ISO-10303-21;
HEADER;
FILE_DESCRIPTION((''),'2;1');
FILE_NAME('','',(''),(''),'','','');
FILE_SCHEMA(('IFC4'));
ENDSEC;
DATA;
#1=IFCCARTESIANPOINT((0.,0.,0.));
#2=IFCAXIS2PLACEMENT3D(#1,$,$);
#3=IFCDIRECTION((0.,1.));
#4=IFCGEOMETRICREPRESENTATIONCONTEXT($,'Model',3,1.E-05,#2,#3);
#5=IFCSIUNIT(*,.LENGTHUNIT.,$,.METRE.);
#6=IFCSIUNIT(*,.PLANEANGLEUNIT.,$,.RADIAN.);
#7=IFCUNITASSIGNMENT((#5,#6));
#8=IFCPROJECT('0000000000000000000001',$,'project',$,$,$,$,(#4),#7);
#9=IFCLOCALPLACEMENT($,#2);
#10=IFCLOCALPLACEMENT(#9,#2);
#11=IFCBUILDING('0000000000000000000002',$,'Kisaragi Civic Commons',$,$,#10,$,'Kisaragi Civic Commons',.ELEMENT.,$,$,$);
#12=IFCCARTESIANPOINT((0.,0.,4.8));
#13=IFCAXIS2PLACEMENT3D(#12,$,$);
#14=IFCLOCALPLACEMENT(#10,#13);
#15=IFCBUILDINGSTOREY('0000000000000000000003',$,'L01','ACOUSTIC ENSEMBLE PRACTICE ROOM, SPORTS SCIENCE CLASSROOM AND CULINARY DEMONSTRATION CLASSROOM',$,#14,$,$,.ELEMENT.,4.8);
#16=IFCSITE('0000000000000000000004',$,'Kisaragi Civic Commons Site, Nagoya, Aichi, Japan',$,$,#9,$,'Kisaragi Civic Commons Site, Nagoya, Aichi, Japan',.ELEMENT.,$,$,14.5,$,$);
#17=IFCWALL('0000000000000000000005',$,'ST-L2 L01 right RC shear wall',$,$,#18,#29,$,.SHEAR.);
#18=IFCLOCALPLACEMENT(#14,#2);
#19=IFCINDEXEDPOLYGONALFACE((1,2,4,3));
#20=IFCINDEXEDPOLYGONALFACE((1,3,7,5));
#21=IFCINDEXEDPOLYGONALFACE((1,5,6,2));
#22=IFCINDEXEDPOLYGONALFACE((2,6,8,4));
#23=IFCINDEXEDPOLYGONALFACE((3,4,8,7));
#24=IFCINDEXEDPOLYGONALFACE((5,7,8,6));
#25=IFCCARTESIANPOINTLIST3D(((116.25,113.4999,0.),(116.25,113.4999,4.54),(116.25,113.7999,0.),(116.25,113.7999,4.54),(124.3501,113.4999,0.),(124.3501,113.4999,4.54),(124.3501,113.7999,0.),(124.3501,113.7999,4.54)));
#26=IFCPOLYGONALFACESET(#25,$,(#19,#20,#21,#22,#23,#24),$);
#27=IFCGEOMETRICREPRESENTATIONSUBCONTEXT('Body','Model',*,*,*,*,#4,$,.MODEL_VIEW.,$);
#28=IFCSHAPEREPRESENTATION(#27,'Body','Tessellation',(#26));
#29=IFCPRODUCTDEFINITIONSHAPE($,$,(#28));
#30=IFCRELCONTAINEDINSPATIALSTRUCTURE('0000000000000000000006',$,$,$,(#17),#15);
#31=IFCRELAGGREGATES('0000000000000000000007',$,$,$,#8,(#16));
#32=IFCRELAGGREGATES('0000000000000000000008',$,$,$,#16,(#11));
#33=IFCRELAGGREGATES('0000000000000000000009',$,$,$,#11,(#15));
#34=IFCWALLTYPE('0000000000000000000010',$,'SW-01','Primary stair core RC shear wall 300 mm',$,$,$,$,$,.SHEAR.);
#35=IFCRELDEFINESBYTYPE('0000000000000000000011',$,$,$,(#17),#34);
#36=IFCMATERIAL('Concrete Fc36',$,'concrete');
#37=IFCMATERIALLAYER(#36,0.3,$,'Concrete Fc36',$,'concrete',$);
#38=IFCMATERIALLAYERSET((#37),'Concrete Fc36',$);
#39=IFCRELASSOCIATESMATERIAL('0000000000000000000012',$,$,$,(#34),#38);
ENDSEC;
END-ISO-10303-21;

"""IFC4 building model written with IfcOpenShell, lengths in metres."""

from ifc_helpers import new_model, si_unit, direction, frame, frame_2d, origin, place, context, subcontext, project, spatial, rectangle, extrude, material, layer, layer_set, type_object, element, save


model = new_model("IFC4")

# Units and contexts
model_context = context("Model", 3, precision=1e-05, world=origin(), true_north=direction((0.0, 1.0)))
body_context = subcontext(model_context, "Body", "Model", "MODEL_VIEW")
ifc_project = project(units=[si_unit("LENGTHUNIT", "METRE"), si_unit("PLANEANGLEUNIT", "RADIAN")], contexts=[model_context])

# Site, building, storey
site_placement = place(None, origin())
site = spatial("IfcSite", under=ifc_project, at=site_placement, Name="Kisaragi Civic Commons Site, Nagoya, Aichi, Japan", LongName="Kisaragi Civic Commons Site, Nagoya, Aichi, Japan", CompositionType="ELEMENT", RefElevation=14.5)
building_placement = place(site_placement, origin())
building = spatial("IfcBuilding", under=site, at=building_placement, Name="Kisaragi Civic Commons", LongName="Kisaragi Civic Commons", CompositionType="ELEMENT")
storey_placement = place(building_placement, frame((0.0, 0.0, 4.8)))
storey = spatial("IfcBuildingStorey", under=building, at=storey_placement, Name="L01", Description="ACOUSTIC ENSEMBLE PRACTICE ROOM, SPORTS SCIENCE CLASSROOM AND CULINARY DEMONSTRATION CLASSROOM", CompositionType="ELEMENT", Elevation=4.8)

# Shared definitions
ifc_material_1 = material(Name="Concrete Fc36", Category="concrete")
ifc_layer_1 = layer(ifc_material_1, 0.3, Name="Concrete Fc36", Category="concrete")
ifc_layer_set_1 = layer_set([ifc_layer_1], Name="Concrete Fc36")
wall_type = type_object("IfcWallType", Name="SW-01", Description="Primary stair core RC shear wall 300 mm", PredefinedType="SHEAR", material=ifc_layer_set_1)

# Wall
wall_1_placement = place(storey_placement, frame((116.25, 113.6499, 0.0), z_axis=(0.0, 0.0, 1.0), x_axis=(1.0, 0.0, 0.0)))
element("IfcWall", 1, at=wall_1_placement, inside=storey, type_object=wall_type, Name="ST-L2 L01 right RC shear wall", PredefinedType="SHEAR", context=body_context, shape_type="SweptSolid", body=[
    extrude(rectangle(XDim=8.1001, YDim=0.3, at=frame_2d((4.05, 0.0))), origin(), (0.0, 0.0, 1.0), 4.54),
])

save(model, "model.ifc")
